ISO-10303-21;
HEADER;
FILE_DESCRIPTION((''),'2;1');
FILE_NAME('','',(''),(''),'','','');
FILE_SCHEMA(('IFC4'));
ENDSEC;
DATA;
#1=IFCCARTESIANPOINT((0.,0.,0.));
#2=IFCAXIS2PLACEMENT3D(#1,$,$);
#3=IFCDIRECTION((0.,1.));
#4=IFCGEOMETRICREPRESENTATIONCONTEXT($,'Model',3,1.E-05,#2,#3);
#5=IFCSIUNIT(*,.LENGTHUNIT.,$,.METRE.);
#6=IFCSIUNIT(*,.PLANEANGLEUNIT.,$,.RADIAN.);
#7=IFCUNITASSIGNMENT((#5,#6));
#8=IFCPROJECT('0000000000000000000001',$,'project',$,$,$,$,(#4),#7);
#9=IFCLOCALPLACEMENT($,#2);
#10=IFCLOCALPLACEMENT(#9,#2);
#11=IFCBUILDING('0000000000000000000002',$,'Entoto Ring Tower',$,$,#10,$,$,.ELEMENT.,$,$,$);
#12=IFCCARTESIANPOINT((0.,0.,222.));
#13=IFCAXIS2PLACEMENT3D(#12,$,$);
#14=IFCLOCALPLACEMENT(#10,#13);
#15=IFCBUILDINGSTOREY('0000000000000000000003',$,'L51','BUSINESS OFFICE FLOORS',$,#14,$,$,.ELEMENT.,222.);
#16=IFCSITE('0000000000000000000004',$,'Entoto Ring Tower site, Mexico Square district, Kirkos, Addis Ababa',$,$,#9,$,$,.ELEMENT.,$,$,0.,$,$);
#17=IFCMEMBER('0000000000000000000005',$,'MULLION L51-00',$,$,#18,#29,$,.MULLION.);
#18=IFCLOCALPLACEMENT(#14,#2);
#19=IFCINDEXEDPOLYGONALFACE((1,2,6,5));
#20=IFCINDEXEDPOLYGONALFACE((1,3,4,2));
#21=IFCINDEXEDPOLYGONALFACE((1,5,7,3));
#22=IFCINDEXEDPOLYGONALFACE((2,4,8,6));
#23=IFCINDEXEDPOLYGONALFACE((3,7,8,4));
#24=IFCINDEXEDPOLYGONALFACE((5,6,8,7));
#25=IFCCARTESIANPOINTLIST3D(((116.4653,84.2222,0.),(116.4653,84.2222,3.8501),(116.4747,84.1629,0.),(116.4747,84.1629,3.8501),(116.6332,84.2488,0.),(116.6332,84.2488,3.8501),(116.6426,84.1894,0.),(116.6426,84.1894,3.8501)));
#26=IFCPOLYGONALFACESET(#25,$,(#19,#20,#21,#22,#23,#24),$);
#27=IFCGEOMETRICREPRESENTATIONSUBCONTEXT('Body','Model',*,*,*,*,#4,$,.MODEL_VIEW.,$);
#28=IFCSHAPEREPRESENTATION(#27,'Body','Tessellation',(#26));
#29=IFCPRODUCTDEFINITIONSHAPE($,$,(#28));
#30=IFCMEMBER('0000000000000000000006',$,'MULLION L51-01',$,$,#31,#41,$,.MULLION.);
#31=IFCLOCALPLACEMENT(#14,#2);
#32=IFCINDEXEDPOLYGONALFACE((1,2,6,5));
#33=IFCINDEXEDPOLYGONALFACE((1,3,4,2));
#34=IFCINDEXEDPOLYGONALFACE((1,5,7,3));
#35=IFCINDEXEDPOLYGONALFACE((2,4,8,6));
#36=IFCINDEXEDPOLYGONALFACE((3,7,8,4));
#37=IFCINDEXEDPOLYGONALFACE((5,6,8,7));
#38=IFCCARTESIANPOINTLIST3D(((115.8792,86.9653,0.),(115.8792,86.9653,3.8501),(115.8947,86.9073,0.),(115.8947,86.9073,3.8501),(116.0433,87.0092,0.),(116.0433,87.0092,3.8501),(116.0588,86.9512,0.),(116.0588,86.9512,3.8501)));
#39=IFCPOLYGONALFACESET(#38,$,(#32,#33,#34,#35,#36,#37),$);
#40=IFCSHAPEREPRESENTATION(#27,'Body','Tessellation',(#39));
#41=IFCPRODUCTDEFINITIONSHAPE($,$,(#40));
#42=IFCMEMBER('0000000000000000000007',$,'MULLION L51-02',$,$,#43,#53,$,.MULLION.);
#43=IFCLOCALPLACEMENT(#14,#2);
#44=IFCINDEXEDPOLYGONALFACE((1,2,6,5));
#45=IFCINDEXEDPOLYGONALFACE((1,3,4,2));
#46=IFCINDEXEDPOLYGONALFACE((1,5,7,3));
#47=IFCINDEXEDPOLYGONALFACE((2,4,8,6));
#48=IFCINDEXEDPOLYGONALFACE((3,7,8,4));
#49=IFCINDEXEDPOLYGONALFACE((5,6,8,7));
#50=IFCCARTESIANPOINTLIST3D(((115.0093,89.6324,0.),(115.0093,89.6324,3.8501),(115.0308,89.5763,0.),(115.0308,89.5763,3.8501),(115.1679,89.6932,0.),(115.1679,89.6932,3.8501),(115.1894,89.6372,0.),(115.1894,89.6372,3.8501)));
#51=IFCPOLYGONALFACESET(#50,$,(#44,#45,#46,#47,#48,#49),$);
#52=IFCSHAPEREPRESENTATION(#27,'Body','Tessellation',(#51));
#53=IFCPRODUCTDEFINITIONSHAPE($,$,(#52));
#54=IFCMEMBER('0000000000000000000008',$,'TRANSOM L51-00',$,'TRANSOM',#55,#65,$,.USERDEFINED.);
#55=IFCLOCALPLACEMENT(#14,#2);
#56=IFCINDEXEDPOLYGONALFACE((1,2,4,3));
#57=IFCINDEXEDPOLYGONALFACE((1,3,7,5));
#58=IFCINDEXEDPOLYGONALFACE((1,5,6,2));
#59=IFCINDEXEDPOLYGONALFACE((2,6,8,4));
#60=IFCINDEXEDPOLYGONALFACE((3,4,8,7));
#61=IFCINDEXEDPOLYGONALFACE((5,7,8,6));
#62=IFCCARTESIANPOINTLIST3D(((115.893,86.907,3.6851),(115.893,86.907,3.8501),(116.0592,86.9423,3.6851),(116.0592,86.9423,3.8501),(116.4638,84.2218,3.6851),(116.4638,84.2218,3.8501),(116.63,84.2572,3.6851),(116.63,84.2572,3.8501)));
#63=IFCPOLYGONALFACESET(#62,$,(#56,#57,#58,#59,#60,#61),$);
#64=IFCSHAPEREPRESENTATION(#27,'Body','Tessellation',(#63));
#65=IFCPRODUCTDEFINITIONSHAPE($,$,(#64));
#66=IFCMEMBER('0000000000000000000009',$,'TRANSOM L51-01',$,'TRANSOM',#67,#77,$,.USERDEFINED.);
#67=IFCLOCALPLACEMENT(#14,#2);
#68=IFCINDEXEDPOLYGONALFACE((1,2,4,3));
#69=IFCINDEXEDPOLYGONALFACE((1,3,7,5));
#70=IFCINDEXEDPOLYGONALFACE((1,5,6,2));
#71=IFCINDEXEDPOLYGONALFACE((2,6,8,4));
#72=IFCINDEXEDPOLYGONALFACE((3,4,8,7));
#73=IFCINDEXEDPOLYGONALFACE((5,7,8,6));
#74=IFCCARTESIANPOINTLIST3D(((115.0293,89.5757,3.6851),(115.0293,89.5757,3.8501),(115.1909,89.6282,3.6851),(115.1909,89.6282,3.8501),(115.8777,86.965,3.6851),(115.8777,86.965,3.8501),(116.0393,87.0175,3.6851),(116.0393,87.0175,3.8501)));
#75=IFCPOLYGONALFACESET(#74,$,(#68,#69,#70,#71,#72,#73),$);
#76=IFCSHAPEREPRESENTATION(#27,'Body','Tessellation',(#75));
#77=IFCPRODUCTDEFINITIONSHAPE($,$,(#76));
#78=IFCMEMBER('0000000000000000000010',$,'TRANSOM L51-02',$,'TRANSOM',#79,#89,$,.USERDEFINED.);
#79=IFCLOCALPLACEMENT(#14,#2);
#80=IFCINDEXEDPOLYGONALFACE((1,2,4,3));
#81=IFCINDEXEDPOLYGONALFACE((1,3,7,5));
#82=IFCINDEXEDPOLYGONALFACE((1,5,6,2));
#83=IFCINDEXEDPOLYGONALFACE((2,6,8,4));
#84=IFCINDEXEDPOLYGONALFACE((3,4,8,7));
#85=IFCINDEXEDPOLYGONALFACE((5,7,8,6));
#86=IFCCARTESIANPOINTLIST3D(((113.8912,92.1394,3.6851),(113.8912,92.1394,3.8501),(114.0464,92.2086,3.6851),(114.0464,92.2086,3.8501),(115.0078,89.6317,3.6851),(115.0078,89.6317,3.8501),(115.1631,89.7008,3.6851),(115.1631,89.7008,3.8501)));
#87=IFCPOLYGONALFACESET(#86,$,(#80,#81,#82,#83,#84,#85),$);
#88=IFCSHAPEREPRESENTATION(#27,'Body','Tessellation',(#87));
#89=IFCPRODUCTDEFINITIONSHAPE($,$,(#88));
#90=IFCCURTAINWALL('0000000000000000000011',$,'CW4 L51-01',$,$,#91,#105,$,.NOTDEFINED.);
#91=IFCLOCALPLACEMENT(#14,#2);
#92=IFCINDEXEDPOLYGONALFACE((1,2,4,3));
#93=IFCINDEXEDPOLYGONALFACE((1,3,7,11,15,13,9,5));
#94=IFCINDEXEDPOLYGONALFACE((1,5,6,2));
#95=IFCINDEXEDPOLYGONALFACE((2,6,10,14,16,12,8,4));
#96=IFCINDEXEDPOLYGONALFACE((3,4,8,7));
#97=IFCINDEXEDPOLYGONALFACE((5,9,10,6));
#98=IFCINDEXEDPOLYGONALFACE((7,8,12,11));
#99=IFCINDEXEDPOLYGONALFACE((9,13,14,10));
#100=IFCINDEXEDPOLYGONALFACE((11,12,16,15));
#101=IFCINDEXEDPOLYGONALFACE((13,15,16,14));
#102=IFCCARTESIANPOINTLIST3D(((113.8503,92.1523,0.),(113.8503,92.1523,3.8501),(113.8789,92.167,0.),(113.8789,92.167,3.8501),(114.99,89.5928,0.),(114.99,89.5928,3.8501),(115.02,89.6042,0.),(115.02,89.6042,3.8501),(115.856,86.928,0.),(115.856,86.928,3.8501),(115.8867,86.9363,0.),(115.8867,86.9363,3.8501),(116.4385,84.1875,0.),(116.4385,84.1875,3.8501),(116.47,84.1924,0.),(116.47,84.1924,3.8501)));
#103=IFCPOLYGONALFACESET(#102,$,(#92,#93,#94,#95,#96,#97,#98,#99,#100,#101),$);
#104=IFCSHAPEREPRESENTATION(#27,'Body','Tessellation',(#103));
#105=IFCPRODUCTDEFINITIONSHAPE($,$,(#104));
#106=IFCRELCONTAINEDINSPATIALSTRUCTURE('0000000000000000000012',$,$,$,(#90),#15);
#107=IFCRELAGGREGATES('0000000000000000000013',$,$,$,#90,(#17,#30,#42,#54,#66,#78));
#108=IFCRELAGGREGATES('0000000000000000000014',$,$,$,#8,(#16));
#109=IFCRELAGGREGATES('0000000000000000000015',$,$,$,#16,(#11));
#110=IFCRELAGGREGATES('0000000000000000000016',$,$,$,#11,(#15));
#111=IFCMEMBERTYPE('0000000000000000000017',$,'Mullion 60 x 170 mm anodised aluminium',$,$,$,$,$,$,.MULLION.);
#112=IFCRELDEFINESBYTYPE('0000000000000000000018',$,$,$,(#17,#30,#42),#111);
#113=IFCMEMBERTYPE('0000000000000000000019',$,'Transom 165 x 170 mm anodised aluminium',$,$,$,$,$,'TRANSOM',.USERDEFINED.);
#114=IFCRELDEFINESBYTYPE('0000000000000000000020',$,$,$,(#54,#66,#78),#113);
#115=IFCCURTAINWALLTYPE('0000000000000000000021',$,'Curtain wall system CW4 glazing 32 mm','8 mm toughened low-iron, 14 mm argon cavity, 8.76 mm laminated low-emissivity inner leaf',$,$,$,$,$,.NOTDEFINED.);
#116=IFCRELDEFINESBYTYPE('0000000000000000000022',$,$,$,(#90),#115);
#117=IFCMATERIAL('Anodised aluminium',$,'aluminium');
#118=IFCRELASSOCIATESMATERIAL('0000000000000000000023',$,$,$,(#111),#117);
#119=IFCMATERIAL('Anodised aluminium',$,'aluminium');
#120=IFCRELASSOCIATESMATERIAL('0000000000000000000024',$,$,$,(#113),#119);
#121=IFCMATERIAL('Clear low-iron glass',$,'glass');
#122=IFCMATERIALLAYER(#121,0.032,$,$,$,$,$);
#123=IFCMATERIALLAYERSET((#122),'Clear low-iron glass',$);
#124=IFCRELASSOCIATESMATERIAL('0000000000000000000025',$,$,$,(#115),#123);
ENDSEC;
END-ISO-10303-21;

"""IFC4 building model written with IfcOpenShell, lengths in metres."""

from ifc_helpers import new_model, si_unit, direction, frame, origin, origin_2d, place, context, subcontext, project, spatial, polyline, rectangle, outline, extrude, material, layer, layer_set, material_profile, profile_set, type_object, element, aggregate, save


model = new_model("IFC4")

# Units and contexts
model_context = context("Model", 3, precision=1e-05, world=origin(), true_north=direction((0.0, 1.0)))
body_context = subcontext(model_context, "Body", "Model", "MODEL_VIEW")
ifc_project = project(units=[si_unit("LENGTHUNIT", "METRE"), si_unit("PLANEANGLEUNIT", "RADIAN")], contexts=[model_context])

# Members
ifc_material_1 = material(Name="Anodised aluminium", Category="aluminium")
ifc_material_profile_1 = material_profile(ifc_material_1, rectangle(XDim=0.0601, YDim=0.1699, at=origin_2d()), Name="Mullion 60 x 170 mm anodised aluminium")
ifc_profile_set_1 = profile_set([ifc_material_profile_1], Name="Anodised aluminium")
member_type_1 = type_object("IfcMemberType", Name="Mullion 60 x 170 mm anodised aluminium", PredefinedType="MULLION", material=ifc_profile_set_1)
site_placement = place(None, origin())
building_placement = place(site_placement, origin())
storey_placement = place(building_placement, frame((0.0, 0.0, 222.0)))
member_1_placement = place(storey_placement, frame((116.554, 84.2058, 0.0), z_axis=(0.0, 0.0, 1.0), x_axis=(-0.156434, 0.987688, 0.0)))
member_1 = element("IfcMember", 1, at=member_1_placement, type_object=member_type_1, Name="MULLION L51-00", PredefinedType="MULLION", context=body_context, shape_type="SweptSolid", body=[
    extrude(rectangle(XDim=0.0601, YDim=0.1699, at=origin_2d()), origin(), (0.0, 0.0, 1.0), 3.8501),
])
member_2_placement = place(storey_placement, frame((115.969, 86.9583, 0.0), z_axis=(0.0, 0.0, 1.0), x_axis=(-0.258819, 0.965926, 0.0)))
member_2 = element("IfcMember", 2, at=member_2_placement, type_object=member_type_1, Name="MULLION L51-01", PredefinedType="MULLION", context=body_context, shape_type="SweptSolid", body=[
    extrude(rectangle(XDim=0.0601, YDim=0.1699, at=origin_2d()), origin(), (0.0, 0.0, 1.0), 3.8501),
])
member_3_placement = place(storey_placement, frame((115.0994, 89.6348, 0.0), z_axis=(0.0, 0.0, 1.0), x_axis=(-0.358368, 0.93358, 0.0)))
member_3 = element("IfcMember", 3, at=member_3_placement, type_object=member_type_1, Name="MULLION L51-02", PredefinedType="MULLION", context=body_context, shape_type="SweptSolid", body=[
    extrude(rectangle(XDim=0.0601, YDim=0.1699, at=origin_2d()), origin(), (0.0, 0.0, 1.0), 3.8501),
])
ifc_material_2 = material(Name="Anodised aluminium", Category="aluminium")
ifc_material_profile_2 = material_profile(ifc_material_2, rectangle(XDim=0.1699, YDim=0.165, at=origin_2d()), Name="Transom 165 x 170 mm anodised aluminium")
ifc_profile_set_2 = profile_set([ifc_material_profile_2], Name="Anodised aluminium")
member_type_2 = type_object("IfcMemberType", Name="Transom 165 x 170 mm anodised aluminium", ElementType="TRANSOM", PredefinedType="USERDEFINED", material=ifc_profile_set_2)
member_4_placement = place(storey_placement, frame((116.5469, 84.2395, 3.7676), z_axis=(-0.207937, 0.978142, 0.0), x_axis=(-0.978142, -0.207937, 0.0)))
member_4 = element("IfcMember", 4, at=member_4_placement, type_object=member_type_2, Name="TRANSOM L51-00", ObjectType="TRANSOM", PredefinedType="USERDEFINED", context=body_context, shape_type="SweptSolid", body=[
    extrude(rectangle(XDim=0.1699, YDim=0.165, at=origin_2d()), origin(), (0.0, 0.0, 1.0), 2.7451),
])
member_5_placement = place(storey_placement, frame((115.9585, 86.9912, 3.7676), z_axis=(-0.309042, 0.951048, 0.0), x_axis=(-0.951048, -0.309042, 0.0)))
member_5 = element("IfcMember", 5, at=member_5_placement, type_object=member_type_2, Name="TRANSOM L51-01", ObjectType="TRANSOM", PredefinedType="USERDEFINED", context=body_context, shape_type="SweptSolid", body=[
    extrude(rectangle(XDim=0.1699, YDim=0.165, at=origin_2d()), origin(), (0.0, 0.0, 1.0), 2.7451),
])
member_6_placement = place(storey_placement, frame((115.0854, 89.6663, 3.7676), z_axis=(-0.406782, 0.913525, 0.0), x_axis=(-0.913525, -0.406782, 0.0)))
member_6 = element("IfcMember", 6, at=member_6_placement, type_object=member_type_2, Name="TRANSOM L51-02", ObjectType="TRANSOM", PredefinedType="USERDEFINED", context=body_context, shape_type="SweptSolid", body=[
    extrude(rectangle(XDim=0.1699, YDim=0.165, at=origin_2d()), origin(), (0.0, 0.0, 1.0), 2.7451),
])

# Site, building, storey
site = spatial("IfcSite", under=ifc_project, at=site_placement, Name="Entoto Ring Tower site, Mexico Square district, Kirkos, Addis Ababa", CompositionType="ELEMENT", RefElevation=0.0)
building = spatial("IfcBuilding", under=site, at=building_placement, Name="Entoto Ring Tower", CompositionType="ELEMENT")
storey = spatial("IfcBuildingStorey", under=building, at=storey_placement, Name="L51", Description="BUSINESS OFFICE FLOORS", CompositionType="ELEMENT", Elevation=222.0)

# Curtain wall
ifc_material_3 = material(Name="Clear low-iron glass", Category="glass")
ifc_layer_1 = layer(ifc_material_3, 0.032)
ifc_layer_set_1 = layer_set([ifc_layer_1], Name="Clear low-iron glass")
curtain_wall_type = type_object("IfcCurtainWallType", Name="Curtain wall system CW4 glazing 32 mm", Description="8 mm toughened low-iron, 14 mm argon cavity, 8.76 mm laminated low-emissivity inner leaf", PredefinedType="NOTDEFINED", material=ifc_layer_set_1)
curtain_wall_1_placement = place(storey_placement, origin())
curtain_wall_1 = element("IfcCurtainWall", 7, at=curtain_wall_1_placement, inside=storey, type_object=curtain_wall_type, Name="CW4 L51-01", PredefinedType="NOTDEFINED", context=body_context, shape_type="SweptSolid", body=[
    extrude(outline(polyline([(116.47, 84.1924), (115.8867, 86.9363), (115.02, 89.6042), (113.8789, 92.167), (113.8503, 92.1523), (114.99, 89.5928), (115.856, 86.928), (116.4385, 84.1875), (116.47, 84.1924)])), origin(), (0.0, 0.0, 1.0), 3.8501),
])
aggregate(curtain_wall_1, [member_1, member_2, member_3, member_4, member_5, member_6])

save(model, "model.ifc")
